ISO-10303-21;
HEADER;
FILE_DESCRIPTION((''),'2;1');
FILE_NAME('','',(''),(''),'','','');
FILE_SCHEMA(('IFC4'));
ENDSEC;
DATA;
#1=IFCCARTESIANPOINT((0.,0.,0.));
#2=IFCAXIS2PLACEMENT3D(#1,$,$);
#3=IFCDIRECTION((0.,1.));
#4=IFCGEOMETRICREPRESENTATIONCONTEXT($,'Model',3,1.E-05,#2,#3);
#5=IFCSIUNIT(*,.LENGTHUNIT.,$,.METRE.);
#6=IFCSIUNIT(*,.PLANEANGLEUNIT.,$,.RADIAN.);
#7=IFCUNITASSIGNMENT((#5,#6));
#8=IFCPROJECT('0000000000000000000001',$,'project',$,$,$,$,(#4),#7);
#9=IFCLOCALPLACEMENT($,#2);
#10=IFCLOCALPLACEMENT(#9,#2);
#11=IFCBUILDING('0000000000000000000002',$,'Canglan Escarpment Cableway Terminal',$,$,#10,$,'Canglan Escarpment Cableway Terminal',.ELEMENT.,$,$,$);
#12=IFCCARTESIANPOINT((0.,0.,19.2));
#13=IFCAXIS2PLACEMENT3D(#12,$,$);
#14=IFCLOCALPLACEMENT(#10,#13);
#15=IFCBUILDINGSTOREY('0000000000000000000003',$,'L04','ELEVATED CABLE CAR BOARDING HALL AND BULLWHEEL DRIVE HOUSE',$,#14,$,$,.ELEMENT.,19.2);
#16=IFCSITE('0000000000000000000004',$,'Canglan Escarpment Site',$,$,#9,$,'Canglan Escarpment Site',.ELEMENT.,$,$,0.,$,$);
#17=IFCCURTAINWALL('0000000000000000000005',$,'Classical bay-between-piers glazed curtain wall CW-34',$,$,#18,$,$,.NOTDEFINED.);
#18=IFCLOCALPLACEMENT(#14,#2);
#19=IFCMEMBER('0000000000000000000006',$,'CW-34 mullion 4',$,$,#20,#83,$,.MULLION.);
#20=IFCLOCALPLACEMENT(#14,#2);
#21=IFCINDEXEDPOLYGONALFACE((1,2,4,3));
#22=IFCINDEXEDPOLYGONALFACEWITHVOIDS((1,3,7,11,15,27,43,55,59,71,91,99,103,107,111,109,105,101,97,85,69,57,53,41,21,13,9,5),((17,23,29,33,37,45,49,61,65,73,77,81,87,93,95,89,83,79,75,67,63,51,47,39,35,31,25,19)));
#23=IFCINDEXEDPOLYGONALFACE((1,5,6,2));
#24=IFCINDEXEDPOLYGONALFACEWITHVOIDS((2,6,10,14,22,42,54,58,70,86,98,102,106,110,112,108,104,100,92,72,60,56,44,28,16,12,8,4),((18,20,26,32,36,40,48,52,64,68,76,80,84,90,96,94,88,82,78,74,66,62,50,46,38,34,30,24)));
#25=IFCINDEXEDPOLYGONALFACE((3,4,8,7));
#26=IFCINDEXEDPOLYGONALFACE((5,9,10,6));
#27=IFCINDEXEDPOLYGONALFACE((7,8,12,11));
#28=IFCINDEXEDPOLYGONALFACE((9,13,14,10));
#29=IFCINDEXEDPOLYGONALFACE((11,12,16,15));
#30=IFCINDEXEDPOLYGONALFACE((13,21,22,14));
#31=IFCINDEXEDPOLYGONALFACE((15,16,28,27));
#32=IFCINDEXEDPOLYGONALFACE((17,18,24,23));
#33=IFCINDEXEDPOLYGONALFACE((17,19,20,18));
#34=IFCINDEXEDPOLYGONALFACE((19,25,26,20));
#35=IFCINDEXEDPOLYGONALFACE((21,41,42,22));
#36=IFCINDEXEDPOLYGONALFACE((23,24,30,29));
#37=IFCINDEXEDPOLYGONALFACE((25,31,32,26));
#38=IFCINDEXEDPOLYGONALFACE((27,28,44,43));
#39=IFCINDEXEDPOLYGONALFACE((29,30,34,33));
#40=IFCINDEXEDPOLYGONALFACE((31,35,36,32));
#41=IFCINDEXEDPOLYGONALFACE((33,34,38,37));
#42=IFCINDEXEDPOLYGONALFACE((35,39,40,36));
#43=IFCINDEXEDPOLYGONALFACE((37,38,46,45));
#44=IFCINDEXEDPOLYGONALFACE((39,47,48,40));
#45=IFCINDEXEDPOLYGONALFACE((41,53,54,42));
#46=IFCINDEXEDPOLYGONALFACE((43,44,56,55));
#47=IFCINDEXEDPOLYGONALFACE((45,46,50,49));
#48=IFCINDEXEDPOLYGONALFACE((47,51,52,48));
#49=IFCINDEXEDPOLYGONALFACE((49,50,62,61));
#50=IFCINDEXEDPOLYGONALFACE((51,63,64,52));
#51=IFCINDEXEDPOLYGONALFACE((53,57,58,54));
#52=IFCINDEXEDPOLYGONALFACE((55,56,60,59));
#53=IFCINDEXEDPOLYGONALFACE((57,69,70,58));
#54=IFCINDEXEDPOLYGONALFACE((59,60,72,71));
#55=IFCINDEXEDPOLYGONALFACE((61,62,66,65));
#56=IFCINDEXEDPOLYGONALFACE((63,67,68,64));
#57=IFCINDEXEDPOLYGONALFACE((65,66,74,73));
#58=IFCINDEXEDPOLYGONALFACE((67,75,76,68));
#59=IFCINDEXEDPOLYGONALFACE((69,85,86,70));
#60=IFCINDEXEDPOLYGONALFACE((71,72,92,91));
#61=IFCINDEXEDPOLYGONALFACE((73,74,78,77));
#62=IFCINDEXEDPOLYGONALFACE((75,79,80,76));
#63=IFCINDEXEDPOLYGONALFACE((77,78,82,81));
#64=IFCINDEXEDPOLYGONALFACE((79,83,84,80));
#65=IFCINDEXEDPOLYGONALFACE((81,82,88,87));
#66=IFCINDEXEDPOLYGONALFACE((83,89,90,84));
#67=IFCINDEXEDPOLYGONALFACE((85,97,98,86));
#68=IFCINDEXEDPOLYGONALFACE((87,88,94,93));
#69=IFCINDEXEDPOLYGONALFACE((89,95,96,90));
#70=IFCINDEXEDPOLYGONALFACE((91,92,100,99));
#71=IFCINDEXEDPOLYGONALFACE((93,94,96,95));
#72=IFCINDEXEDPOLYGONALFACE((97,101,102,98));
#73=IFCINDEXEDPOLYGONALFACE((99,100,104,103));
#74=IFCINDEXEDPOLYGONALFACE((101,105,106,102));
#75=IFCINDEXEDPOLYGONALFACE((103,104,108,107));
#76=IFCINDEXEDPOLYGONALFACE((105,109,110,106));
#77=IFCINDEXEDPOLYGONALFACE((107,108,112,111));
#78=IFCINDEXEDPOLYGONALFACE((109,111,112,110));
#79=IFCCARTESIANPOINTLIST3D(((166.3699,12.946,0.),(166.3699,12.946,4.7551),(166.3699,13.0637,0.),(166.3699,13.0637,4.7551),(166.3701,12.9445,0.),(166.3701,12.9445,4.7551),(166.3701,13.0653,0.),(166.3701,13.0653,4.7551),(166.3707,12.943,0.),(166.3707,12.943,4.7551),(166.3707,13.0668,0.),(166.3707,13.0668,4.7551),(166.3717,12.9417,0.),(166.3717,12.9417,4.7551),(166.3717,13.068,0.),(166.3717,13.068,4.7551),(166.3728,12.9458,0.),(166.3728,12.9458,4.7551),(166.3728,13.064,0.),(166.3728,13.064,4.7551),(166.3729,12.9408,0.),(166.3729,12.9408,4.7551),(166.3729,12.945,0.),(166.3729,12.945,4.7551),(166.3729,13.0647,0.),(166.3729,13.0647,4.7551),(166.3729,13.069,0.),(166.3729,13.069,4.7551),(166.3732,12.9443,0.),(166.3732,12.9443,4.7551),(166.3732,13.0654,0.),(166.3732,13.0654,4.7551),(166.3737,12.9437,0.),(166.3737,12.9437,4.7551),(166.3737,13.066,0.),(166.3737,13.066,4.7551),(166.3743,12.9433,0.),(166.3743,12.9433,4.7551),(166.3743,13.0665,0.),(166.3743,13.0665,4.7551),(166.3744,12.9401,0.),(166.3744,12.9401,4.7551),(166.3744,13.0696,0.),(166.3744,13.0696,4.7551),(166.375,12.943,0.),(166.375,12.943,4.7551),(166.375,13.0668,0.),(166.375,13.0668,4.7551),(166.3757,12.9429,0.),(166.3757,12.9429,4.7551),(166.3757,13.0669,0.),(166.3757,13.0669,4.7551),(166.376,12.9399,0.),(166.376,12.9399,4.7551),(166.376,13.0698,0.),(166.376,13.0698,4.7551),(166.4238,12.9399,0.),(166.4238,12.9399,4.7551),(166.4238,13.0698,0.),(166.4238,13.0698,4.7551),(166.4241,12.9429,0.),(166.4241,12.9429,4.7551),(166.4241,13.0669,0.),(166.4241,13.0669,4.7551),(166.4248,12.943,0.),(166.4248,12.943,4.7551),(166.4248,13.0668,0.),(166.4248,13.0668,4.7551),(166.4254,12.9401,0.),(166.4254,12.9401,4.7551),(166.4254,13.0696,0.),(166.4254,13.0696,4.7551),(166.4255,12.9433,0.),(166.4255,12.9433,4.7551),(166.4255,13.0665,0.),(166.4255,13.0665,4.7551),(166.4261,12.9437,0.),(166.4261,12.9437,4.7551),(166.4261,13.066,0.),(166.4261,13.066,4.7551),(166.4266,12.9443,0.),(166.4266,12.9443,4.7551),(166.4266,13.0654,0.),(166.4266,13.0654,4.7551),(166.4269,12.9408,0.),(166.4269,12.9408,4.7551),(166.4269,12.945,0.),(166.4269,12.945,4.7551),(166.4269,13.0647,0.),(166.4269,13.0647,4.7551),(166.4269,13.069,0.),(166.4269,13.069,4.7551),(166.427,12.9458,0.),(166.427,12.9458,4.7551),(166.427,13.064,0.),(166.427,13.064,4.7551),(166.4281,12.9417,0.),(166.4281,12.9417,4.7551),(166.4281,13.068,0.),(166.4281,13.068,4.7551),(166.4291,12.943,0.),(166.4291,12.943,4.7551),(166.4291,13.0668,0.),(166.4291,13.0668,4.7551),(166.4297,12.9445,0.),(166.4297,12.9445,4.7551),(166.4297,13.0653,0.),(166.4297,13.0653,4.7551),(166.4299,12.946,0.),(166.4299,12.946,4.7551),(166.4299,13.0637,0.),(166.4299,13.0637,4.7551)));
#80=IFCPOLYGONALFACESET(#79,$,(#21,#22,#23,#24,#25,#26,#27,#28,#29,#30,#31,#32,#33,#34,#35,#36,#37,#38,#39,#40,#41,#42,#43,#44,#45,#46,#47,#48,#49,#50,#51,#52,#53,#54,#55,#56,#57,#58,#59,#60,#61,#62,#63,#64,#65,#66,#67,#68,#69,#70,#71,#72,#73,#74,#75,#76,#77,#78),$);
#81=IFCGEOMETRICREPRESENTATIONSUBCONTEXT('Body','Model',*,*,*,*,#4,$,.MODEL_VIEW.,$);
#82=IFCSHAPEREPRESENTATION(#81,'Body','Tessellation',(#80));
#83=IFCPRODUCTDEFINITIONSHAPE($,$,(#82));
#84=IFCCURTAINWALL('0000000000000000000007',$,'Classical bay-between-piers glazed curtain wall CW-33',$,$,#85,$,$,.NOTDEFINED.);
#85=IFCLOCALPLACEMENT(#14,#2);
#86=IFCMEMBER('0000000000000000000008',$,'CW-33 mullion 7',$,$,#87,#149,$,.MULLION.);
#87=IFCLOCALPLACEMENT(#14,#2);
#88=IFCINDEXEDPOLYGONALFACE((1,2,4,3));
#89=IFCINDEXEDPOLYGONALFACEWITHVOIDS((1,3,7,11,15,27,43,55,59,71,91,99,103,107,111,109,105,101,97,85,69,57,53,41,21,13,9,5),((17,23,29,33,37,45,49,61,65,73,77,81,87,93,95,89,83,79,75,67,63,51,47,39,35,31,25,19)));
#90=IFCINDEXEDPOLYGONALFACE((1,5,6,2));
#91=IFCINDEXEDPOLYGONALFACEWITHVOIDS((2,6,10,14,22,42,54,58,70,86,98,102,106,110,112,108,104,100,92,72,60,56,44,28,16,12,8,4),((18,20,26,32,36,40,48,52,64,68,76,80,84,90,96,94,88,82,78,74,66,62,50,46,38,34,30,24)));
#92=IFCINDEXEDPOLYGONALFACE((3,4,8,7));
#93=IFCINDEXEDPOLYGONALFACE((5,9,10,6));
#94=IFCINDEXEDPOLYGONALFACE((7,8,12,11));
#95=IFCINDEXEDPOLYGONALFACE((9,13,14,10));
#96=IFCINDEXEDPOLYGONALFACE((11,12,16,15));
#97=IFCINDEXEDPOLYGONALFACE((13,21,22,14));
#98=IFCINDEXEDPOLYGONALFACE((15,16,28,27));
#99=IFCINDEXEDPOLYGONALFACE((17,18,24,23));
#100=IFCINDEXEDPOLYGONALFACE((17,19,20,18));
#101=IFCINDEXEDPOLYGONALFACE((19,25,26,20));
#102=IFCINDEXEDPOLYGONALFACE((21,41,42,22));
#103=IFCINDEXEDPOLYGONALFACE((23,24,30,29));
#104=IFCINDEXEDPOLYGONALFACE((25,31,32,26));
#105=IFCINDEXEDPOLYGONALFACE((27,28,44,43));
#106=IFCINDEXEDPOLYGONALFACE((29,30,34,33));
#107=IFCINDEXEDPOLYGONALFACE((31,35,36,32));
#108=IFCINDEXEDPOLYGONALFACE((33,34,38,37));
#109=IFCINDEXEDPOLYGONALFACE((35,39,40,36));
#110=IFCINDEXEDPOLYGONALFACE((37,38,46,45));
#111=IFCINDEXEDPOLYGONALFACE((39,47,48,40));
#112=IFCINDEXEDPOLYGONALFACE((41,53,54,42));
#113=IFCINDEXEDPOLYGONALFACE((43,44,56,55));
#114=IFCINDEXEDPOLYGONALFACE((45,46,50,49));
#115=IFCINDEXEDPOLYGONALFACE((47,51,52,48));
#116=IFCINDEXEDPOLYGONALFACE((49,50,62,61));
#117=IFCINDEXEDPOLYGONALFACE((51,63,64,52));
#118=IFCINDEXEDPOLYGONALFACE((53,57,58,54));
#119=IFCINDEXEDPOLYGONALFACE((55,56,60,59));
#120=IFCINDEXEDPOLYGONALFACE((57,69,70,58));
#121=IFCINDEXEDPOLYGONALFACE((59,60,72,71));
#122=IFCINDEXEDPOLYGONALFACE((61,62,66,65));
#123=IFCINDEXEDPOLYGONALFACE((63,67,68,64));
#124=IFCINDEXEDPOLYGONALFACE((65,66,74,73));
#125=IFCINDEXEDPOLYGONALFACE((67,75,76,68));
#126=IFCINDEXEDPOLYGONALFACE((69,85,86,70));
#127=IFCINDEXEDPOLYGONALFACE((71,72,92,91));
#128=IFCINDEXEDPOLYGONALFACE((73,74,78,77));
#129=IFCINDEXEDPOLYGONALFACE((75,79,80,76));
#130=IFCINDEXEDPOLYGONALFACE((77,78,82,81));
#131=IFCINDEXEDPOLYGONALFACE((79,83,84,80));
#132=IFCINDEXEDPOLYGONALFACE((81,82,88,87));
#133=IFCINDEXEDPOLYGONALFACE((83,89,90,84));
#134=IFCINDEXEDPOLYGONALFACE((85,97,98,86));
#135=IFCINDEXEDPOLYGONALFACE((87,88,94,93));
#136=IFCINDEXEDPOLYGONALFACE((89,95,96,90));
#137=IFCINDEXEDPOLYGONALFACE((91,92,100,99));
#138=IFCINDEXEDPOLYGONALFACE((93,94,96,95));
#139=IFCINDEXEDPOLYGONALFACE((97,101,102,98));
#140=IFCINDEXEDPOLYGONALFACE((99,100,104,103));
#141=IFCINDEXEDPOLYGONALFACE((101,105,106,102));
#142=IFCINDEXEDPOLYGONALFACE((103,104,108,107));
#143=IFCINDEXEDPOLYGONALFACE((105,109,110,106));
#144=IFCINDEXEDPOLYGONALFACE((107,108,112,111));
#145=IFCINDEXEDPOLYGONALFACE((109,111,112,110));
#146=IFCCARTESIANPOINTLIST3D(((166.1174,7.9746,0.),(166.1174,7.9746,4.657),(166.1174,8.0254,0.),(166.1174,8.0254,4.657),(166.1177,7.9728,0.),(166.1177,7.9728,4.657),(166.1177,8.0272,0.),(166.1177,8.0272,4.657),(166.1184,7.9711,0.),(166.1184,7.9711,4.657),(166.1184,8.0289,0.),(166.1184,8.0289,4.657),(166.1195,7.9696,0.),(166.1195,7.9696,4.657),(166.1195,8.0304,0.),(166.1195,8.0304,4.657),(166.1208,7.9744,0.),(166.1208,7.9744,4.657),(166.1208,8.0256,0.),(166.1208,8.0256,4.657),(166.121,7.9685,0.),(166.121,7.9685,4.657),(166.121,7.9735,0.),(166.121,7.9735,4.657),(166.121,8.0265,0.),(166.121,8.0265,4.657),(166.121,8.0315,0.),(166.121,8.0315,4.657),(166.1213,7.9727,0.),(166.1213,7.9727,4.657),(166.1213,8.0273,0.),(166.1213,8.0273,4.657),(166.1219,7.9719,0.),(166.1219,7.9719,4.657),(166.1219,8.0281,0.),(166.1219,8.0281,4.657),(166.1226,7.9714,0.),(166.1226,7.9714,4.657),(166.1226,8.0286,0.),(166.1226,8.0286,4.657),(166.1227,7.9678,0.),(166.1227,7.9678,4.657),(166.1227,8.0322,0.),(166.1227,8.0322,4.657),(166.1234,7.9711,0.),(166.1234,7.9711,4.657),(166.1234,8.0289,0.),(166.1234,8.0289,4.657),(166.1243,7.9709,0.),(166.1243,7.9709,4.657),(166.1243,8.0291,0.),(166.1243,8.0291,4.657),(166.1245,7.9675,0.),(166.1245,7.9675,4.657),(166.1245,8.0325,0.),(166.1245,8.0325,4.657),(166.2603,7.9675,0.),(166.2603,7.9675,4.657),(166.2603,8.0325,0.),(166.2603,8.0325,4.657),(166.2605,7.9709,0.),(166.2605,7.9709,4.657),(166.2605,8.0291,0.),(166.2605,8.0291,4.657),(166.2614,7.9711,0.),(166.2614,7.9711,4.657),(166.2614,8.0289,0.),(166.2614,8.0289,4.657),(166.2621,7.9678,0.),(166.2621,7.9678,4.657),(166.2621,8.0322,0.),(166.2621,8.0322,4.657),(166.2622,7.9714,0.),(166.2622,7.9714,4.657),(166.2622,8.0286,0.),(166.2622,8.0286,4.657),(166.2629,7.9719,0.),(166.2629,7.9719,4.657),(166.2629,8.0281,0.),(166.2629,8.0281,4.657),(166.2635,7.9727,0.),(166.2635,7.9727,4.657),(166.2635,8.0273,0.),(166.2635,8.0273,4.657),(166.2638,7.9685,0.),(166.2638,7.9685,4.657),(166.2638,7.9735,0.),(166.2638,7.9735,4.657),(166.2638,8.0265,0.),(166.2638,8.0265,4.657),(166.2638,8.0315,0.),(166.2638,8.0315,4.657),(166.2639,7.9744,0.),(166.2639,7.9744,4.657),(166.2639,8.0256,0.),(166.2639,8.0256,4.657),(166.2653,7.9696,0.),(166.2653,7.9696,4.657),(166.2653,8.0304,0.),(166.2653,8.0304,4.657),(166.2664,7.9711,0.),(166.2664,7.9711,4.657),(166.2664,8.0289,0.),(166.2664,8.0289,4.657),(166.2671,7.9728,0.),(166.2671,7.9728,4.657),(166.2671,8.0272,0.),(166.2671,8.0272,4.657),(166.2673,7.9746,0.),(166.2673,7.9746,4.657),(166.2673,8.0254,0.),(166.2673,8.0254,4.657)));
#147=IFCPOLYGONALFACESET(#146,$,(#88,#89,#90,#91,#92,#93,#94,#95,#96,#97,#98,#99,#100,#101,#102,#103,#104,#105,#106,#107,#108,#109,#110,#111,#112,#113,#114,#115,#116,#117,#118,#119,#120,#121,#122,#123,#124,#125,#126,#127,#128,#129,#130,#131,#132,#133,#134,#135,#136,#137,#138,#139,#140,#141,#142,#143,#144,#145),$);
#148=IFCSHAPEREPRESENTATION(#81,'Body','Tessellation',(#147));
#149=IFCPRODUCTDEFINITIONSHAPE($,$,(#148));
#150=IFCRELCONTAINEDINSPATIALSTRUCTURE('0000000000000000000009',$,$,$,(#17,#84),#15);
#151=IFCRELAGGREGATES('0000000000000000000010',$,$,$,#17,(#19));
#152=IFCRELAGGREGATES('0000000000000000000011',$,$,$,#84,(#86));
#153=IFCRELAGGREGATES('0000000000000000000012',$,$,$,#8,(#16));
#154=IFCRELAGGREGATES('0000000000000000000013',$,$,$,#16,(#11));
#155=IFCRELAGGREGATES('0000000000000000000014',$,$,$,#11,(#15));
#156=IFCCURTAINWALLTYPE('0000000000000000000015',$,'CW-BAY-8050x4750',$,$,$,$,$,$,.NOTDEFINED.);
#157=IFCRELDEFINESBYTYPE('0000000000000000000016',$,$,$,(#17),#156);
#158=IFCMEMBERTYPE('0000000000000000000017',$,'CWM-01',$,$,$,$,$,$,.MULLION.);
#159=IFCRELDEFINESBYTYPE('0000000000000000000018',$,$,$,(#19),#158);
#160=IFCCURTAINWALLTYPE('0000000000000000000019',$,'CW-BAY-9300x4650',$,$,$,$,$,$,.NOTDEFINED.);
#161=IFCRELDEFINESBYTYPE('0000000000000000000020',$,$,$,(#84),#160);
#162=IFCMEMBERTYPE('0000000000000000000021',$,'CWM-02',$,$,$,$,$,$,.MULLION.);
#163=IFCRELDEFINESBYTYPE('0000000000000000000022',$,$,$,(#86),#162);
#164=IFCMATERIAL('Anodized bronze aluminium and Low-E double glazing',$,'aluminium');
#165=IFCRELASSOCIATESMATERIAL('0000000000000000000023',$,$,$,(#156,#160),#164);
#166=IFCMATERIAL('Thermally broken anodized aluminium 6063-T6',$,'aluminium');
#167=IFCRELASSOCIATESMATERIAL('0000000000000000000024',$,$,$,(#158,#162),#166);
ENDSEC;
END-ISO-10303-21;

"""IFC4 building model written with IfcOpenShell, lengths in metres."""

from ifc_helpers import new_model, si_unit, direction, frame, origin, origin_2d, place, context, subcontext, project, spatial, hollow_rectangle, extrude, material, material_profile, profile_set, type_object, element, aggregate, save


model = new_model("IFC4")

# Units and contexts
model_context = context("Model", 3, precision=1e-05, world=origin(), true_north=direction((0.0, 1.0)))
body_context = subcontext(model_context, "Body", "Model", "MODEL_VIEW")
ifc_project = project(units=[si_unit("LENGTHUNIT", "METRE"), si_unit("PLANEANGLEUNIT", "RADIAN")], contexts=[model_context])

# Site, building, storey
site_placement = place(None, origin())
site = spatial("IfcSite", under=ifc_project, at=site_placement, Name="Canglan Escarpment Site", LongName="Canglan Escarpment Site", CompositionType="ELEMENT", RefElevation=0.0)
building_placement = place(site_placement, origin())
building = spatial("IfcBuilding", under=site, at=building_placement, Name="Canglan Escarpment Cableway Terminal", LongName="Canglan Escarpment Cableway Terminal", CompositionType="ELEMENT")
storey_placement = place(building_placement, frame((0.0, 0.0, 19.2)))
storey = spatial("IfcBuildingStorey", under=building, at=storey_placement, Name="L04", Description="ELEVATED CABLE CAR BOARDING HALL AND BULLWHEEL DRIVE HOUSE", CompositionType="ELEMENT", Elevation=19.2)

# Curtain wall, member
ifc_material_1 = material(Name="Anodized bronze aluminium and Low-E double glazing", Category="aluminium")
curtain_wall_type_1 = type_object("IfcCurtainWallType", Name="CW-BAY-8050x4750", PredefinedType="NOTDEFINED", material=ifc_material_1)
curtain_wall_1_placement = place(storey_placement, origin())
curtain_wall_1 = element("IfcCurtainWall", 1, at=curtain_wall_1_placement, inside=storey, type_object=curtain_wall_type_1, Name="Classical bay-between-piers glazed curtain wall CW-34", PredefinedType="NOTDEFINED")
ifc_material_2 = material(Name="Thermally broken anodized aluminium 6063-T6", Category="aluminium")
ifc_material_profile_1 = material_profile(ifc_material_2, hollow_rectangle(XDim=0.0601, YDim=0.1299, WallThickness=0.0029, InnerFilletRadius=0.0029, OuterFilletRadius=0.0061, at=origin_2d()), Name="ALU-MULL 60x130x3")
ifc_profile_set_1 = profile_set([ifc_material_profile_1], Name="Thermally broken anodized aluminium 6063-T6")
member_type_1 = type_object("IfcMemberType", Name="CWM-01", PredefinedType="MULLION", material=ifc_profile_set_1)
member_1_placement = place(storey_placement, frame((166.3999, 13.0049, 0.0), z_axis=(0.0, 0.0, 1.0), x_axis=(-1.0, 0.0, 0.0)))
member_1 = element("IfcMember", 2, at=member_1_placement, type_object=member_type_1, Name="CW-34 mullion 4", PredefinedType="MULLION", context=body_context, shape_type="SweptSolid", body=[
    extrude(hollow_rectangle(XDim=0.0601, YDim=0.1299, WallThickness=0.0029, InnerFilletRadius=0.0029, OuterFilletRadius=0.0061, at=origin_2d()), origin(), (0.0, 0.0, 1.0), 4.7551),
])

# Curtain wall, member
curtain_wall_type_2 = type_object("IfcCurtainWallType", Name="CW-BAY-9300x4650", PredefinedType="NOTDEFINED", material=ifc_material_1)
curtain_wall_2_placement = place(storey_placement, origin())
curtain_wall_2 = element("IfcCurtainWall", 3, at=curtain_wall_2_placement, inside=storey, type_object=curtain_wall_type_2, Name="Classical bay-between-piers glazed curtain wall CW-33", PredefinedType="NOTDEFINED")
ifc_material_profile_2 = material_profile(ifc_material_2, hollow_rectangle(XDim=0.0649, YDim=0.1499, WallThickness=0.0034, InnerFilletRadius=0.0034, OuterFilletRadius=0.0071, at=origin_2d()), Name="ALU-MULL 65x150x3.5")
ifc_profile_set_2 = profile_set([ifc_material_profile_2], Name="Thermally broken anodized aluminium 6063-T6")
member_type_2 = type_object("IfcMemberType", Name="CWM-02", PredefinedType="MULLION", material=ifc_profile_set_2)
member_2_placement = place(storey_placement, frame((166.1924, 8.0, 0.0), z_axis=(0.0, 0.0, 1.0), x_axis=(0.0, 1.0, 0.0)))
member_2 = element("IfcMember", 4, at=member_2_placement, type_object=member_type_2, Name="CW-33 mullion 7", PredefinedType="MULLION", context=body_context, shape_type="SweptSolid", body=[
    extrude(hollow_rectangle(XDim=0.0649, YDim=0.1499, WallThickness=0.0034, InnerFilletRadius=0.0034, OuterFilletRadius=0.0071, at=origin_2d()), origin(), (0.0, 0.0, 1.0), 4.657),
])

aggregate(curtain_wall_1, [member_1])
aggregate(curtain_wall_2, [member_2])

save(model, "model.ifc")
